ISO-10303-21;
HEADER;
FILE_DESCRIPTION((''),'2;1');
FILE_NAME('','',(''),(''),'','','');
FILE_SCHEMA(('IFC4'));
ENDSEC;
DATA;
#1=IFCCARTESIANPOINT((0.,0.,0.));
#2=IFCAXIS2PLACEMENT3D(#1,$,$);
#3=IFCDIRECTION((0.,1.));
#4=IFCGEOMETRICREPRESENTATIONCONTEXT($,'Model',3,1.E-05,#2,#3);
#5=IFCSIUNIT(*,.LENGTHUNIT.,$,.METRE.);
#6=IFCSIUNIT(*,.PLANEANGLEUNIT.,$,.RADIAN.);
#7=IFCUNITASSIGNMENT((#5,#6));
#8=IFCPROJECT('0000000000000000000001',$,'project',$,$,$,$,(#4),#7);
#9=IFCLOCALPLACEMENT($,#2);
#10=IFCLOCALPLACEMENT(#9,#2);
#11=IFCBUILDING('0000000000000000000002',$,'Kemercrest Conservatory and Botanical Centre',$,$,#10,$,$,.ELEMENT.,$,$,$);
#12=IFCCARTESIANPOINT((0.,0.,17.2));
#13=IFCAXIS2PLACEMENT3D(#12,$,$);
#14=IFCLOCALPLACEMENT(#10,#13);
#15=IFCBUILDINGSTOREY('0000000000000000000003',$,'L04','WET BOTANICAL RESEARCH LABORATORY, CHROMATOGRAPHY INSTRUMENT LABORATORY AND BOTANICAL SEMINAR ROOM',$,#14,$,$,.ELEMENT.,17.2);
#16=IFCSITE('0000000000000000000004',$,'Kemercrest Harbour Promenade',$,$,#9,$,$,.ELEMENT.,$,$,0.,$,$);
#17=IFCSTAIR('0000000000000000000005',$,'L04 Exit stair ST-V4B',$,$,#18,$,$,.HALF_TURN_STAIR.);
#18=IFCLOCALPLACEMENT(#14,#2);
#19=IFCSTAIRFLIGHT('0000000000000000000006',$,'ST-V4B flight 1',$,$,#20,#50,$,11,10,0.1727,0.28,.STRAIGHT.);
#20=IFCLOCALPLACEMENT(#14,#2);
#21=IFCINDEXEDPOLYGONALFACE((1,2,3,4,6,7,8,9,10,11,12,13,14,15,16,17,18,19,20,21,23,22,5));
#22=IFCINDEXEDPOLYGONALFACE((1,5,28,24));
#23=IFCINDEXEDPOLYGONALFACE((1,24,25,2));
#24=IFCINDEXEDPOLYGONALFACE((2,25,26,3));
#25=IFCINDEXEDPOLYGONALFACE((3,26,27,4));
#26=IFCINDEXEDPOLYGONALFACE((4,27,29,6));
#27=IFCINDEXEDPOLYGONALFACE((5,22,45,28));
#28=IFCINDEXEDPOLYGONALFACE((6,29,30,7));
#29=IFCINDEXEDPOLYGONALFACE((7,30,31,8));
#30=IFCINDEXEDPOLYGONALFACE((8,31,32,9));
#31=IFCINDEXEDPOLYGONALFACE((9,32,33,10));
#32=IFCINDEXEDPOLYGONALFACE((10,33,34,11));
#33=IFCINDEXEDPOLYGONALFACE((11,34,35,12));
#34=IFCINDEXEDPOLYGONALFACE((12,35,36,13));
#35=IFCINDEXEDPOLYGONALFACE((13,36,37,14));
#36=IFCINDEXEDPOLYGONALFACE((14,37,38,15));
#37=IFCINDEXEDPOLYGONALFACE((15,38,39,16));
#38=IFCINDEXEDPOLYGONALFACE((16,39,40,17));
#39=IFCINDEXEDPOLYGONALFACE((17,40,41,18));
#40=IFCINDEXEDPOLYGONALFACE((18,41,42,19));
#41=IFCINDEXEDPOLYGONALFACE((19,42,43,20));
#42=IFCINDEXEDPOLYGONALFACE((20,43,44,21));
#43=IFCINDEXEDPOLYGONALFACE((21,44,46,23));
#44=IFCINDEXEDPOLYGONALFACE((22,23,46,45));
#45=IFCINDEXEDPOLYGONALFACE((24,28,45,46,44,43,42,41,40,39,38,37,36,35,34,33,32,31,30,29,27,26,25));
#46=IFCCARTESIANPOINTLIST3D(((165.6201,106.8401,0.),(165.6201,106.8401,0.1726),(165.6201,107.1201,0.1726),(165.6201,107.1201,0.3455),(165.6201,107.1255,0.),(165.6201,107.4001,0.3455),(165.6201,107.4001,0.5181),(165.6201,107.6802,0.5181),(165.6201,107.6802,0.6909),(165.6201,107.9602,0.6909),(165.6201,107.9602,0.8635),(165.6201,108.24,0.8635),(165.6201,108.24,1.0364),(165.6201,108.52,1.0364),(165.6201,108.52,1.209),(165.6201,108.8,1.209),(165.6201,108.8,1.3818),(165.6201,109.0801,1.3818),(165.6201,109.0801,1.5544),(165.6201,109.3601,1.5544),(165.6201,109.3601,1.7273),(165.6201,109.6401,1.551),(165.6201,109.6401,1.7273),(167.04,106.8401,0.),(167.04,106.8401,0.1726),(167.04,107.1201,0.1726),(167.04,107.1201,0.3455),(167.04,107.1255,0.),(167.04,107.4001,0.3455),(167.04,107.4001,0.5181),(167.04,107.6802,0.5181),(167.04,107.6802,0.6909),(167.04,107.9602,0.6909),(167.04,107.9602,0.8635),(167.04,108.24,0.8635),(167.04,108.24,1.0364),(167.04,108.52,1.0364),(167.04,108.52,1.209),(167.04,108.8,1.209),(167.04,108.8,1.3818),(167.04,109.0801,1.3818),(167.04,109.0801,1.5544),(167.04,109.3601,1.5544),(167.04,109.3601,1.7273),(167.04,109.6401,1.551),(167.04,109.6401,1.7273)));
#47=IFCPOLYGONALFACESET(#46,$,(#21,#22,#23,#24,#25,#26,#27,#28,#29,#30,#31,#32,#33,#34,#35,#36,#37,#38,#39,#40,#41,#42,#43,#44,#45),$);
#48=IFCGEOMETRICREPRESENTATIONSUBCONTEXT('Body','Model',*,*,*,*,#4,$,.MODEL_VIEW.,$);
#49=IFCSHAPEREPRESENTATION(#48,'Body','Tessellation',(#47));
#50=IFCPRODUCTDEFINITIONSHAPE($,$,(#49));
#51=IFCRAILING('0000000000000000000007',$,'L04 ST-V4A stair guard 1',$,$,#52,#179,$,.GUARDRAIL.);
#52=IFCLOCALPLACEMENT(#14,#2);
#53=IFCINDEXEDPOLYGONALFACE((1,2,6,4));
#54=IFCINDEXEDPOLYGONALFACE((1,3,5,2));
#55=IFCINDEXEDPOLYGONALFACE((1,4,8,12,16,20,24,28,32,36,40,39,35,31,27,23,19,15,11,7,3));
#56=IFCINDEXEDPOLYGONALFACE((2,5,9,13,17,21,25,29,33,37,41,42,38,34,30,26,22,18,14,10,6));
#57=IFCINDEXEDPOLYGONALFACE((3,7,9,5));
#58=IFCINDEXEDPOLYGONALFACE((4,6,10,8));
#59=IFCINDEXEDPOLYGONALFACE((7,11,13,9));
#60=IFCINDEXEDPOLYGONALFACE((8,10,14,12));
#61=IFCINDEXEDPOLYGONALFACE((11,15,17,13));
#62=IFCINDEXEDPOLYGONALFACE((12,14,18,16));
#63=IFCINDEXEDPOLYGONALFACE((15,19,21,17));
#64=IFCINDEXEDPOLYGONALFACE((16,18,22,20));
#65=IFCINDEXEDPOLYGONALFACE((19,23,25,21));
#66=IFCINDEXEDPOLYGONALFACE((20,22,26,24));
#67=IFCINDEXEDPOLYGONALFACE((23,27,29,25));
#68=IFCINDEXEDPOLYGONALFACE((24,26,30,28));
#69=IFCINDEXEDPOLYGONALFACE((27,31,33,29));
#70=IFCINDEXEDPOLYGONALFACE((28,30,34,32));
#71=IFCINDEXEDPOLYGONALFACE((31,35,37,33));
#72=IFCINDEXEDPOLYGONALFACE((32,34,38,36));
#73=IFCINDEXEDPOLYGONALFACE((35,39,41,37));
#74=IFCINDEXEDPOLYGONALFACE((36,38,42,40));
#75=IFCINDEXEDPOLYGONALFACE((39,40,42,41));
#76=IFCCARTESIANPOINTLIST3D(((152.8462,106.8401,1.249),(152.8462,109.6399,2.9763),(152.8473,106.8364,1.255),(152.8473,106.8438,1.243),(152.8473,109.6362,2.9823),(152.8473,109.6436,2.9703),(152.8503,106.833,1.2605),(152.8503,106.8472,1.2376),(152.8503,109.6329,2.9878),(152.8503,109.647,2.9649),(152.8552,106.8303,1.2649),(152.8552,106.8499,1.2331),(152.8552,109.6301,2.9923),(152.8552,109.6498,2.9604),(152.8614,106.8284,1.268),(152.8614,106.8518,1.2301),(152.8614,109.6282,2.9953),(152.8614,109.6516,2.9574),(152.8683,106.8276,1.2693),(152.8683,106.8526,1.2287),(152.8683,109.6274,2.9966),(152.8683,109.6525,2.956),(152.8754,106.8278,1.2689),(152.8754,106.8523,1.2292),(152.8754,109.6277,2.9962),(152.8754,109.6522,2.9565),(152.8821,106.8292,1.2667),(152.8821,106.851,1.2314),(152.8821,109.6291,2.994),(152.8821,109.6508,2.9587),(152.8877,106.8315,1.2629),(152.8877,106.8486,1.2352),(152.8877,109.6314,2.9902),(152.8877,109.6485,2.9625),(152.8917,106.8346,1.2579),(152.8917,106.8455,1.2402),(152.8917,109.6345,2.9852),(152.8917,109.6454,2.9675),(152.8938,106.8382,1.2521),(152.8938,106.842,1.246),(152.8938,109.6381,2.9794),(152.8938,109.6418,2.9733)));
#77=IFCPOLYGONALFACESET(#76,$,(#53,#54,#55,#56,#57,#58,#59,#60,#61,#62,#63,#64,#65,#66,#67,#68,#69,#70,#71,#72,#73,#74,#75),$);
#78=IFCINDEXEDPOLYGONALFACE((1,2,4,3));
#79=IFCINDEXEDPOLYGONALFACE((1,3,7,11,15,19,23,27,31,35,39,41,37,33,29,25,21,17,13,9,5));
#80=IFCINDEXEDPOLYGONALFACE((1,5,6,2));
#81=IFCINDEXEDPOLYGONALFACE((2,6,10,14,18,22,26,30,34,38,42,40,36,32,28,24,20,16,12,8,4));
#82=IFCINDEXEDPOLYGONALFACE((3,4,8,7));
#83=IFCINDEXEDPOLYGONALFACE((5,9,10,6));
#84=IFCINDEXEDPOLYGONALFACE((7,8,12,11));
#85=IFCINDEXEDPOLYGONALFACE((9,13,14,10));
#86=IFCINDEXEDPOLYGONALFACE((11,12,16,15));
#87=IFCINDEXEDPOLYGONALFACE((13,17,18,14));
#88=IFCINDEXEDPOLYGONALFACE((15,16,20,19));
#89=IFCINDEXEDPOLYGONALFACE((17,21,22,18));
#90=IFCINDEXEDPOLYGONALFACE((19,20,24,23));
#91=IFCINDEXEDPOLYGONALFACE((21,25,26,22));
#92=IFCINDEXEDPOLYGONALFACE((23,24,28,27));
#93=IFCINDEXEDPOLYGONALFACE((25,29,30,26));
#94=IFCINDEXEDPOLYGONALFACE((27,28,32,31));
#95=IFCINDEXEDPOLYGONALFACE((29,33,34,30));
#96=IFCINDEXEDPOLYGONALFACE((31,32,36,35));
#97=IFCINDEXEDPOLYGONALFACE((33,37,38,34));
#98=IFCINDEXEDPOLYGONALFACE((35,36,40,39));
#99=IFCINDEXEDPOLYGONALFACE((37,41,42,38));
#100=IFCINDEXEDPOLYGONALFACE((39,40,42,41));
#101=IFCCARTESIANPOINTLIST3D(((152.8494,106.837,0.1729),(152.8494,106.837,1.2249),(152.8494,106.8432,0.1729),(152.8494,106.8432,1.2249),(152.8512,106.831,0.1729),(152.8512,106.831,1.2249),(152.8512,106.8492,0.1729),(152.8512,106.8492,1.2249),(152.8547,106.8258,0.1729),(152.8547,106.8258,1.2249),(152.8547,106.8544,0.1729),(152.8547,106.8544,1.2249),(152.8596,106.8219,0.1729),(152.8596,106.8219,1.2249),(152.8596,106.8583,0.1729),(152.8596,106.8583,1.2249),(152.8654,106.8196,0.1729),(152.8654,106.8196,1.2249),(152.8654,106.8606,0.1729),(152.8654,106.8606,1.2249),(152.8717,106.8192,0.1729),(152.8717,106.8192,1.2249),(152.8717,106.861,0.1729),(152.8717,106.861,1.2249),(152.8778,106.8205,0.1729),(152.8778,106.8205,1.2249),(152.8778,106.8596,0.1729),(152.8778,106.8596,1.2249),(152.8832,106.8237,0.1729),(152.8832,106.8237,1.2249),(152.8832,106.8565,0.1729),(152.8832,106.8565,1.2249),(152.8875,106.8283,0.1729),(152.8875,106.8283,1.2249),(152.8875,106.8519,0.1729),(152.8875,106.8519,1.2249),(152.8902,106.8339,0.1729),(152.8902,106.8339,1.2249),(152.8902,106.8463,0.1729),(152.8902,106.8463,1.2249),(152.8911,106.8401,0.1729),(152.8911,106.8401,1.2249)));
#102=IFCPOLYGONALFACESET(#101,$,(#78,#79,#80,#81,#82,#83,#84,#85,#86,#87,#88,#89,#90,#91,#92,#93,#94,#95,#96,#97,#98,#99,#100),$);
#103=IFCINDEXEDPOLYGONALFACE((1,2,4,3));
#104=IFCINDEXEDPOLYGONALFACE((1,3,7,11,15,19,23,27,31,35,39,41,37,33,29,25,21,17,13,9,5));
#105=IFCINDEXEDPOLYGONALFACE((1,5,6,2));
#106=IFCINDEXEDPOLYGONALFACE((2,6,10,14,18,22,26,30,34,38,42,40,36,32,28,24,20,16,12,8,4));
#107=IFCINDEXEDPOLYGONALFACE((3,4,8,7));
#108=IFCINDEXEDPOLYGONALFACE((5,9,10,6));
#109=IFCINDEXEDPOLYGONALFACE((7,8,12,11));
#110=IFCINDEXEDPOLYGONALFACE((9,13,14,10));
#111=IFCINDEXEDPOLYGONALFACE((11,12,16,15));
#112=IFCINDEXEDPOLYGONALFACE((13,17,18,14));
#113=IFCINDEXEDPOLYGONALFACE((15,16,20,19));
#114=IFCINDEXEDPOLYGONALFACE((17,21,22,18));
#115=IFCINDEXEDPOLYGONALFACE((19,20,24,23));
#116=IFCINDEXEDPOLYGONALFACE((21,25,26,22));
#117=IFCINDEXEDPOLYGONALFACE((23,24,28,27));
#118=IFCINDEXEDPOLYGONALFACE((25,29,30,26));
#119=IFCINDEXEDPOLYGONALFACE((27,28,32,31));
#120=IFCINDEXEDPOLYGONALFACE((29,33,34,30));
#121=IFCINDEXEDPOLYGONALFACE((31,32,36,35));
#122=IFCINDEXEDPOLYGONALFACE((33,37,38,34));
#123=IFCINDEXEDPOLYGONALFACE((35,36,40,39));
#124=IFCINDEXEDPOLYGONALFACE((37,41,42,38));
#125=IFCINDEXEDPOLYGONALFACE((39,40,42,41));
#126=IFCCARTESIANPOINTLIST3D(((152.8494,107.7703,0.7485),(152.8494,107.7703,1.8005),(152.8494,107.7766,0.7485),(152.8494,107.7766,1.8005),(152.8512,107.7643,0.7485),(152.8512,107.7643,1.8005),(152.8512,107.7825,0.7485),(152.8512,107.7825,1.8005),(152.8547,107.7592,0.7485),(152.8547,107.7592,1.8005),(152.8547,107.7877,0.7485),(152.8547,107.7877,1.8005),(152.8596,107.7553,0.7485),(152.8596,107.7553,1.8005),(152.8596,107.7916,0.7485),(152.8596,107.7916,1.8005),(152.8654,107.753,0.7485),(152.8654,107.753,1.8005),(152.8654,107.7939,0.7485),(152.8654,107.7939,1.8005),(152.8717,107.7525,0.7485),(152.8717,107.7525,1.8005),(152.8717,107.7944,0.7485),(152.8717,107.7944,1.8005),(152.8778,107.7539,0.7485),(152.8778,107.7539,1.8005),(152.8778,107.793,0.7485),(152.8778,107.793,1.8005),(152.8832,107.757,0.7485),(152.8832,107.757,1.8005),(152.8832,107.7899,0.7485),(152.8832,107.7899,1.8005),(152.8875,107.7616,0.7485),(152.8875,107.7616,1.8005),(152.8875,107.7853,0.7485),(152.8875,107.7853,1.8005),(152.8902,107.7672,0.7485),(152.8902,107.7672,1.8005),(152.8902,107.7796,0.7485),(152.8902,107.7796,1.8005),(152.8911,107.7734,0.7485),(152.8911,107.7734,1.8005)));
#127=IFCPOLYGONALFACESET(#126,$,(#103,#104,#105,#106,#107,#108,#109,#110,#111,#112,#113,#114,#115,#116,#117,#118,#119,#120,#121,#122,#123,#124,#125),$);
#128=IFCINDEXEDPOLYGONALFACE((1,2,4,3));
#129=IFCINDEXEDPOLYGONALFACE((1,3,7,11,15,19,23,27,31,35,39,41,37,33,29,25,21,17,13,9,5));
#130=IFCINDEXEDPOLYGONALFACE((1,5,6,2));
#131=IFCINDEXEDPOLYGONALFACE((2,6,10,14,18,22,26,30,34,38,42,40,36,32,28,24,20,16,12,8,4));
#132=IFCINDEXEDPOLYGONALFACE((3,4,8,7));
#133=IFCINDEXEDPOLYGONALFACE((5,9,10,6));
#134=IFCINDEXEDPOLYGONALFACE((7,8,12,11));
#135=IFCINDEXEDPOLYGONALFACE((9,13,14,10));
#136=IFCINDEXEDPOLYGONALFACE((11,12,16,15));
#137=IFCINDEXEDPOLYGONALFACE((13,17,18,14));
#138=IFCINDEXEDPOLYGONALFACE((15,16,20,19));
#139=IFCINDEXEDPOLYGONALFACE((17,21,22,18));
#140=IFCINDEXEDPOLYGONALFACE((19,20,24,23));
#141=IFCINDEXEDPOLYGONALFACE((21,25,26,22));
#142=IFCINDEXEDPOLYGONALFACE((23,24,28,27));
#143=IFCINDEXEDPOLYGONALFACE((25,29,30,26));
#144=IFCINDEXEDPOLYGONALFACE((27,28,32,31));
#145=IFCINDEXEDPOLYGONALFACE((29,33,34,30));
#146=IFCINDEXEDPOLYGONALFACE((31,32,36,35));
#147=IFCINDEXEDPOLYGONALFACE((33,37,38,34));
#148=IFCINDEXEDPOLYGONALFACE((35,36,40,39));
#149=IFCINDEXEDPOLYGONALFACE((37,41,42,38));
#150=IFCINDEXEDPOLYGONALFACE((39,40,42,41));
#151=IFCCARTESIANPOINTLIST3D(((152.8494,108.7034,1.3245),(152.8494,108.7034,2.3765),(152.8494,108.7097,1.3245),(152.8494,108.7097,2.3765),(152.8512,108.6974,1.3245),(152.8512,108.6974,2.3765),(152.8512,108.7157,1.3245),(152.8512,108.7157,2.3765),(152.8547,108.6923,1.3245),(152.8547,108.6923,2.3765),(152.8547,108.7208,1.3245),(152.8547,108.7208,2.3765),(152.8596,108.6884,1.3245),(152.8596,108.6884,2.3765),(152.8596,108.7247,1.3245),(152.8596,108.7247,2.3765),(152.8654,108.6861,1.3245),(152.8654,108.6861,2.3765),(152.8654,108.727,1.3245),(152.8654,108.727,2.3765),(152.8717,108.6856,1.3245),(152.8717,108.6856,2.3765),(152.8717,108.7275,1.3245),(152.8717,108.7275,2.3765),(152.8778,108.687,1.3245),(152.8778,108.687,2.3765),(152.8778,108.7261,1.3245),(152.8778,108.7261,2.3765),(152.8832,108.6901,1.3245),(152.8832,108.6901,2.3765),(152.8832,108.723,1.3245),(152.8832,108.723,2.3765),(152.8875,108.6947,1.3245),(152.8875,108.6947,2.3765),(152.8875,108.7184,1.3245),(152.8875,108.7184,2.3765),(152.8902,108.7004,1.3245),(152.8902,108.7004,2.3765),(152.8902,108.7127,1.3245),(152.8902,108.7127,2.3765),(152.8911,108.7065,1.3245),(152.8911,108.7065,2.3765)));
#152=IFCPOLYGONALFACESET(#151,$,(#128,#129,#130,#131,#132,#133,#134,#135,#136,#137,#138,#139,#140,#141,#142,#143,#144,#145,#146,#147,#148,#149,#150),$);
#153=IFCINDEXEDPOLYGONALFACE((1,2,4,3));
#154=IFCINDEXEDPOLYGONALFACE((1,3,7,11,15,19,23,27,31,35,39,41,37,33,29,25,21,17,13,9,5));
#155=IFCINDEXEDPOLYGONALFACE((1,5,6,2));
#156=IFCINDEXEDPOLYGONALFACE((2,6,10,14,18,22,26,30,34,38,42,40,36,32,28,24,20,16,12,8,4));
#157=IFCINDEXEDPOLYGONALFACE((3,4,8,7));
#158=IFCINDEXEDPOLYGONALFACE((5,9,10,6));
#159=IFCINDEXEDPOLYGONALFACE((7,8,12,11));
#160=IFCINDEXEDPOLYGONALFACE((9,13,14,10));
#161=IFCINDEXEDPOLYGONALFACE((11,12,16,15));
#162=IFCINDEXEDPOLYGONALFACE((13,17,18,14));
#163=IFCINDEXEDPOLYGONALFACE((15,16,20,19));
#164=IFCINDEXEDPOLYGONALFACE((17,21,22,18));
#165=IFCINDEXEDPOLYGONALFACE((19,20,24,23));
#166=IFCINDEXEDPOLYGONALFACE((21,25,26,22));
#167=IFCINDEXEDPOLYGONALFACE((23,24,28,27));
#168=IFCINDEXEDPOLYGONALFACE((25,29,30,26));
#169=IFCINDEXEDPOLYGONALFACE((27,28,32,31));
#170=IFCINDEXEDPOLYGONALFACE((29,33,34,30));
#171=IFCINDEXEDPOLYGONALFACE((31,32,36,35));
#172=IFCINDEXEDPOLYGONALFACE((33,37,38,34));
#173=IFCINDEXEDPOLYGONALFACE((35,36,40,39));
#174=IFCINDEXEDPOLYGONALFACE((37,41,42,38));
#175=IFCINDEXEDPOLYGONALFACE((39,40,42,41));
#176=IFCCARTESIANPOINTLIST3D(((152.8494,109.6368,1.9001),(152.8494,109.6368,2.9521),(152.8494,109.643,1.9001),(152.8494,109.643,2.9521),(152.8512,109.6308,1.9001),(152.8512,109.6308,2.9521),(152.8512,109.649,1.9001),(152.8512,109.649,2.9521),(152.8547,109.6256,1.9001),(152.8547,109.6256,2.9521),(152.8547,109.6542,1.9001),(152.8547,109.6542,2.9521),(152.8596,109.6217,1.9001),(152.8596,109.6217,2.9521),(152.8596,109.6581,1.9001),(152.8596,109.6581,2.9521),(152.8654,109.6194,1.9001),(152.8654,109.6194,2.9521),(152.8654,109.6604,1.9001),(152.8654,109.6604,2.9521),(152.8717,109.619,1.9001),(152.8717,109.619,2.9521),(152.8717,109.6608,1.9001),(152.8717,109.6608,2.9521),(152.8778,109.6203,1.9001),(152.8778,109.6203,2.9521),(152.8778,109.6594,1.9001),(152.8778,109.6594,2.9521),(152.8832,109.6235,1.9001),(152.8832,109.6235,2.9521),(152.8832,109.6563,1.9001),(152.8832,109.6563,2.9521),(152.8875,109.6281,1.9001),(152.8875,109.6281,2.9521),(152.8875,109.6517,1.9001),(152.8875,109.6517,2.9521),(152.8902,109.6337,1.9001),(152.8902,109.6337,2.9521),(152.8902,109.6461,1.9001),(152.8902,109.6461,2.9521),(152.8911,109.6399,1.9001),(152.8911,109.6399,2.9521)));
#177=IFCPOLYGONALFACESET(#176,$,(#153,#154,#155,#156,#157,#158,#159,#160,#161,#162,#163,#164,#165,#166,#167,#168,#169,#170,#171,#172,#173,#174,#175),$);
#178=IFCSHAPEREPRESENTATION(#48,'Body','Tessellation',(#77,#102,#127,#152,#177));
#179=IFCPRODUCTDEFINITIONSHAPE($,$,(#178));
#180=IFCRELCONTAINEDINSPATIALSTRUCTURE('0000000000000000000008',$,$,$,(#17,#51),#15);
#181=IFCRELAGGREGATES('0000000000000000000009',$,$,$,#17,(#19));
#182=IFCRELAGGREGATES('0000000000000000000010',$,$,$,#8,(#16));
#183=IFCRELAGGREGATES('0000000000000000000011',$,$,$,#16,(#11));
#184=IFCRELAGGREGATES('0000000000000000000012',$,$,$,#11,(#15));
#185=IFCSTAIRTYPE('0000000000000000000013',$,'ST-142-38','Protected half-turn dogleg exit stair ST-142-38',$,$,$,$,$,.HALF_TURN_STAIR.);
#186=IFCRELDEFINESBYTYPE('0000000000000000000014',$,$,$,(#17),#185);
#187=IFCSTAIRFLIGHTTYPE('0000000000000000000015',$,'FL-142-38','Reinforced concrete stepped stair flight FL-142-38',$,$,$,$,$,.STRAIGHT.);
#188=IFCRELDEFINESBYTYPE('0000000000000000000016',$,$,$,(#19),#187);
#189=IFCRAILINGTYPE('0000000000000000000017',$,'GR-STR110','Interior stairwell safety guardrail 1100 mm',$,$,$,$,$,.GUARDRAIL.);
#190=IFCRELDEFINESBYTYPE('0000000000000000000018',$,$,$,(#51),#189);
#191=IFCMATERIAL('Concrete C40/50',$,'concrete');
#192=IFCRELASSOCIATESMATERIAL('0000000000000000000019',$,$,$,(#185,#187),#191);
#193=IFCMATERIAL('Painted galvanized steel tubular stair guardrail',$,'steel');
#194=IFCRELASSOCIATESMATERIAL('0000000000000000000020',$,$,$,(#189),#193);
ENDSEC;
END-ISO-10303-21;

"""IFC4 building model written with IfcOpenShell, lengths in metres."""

from ifc_helpers import new_model, si_unit, direction, frame, origin, origin_2d, place, context, subcontext, project, spatial, polyline, circle, outline, extrude, material, type_object, element, aggregate, save


model = new_model("IFC4")

# Units and contexts
model_context = context("Model", 3, precision=1e-05, world=origin(), true_north=direction((0.0, 1.0)))
body_context = subcontext(model_context, "Body", "Model", "MODEL_VIEW")
ifc_project = project(units=[si_unit("LENGTHUNIT", "METRE"), si_unit("PLANEANGLEUNIT", "RADIAN")], contexts=[model_context])

# Site, building, storey
site_placement = place(None, origin())
site = spatial("IfcSite", under=ifc_project, at=site_placement, Name="Kemercrest Harbour Promenade", CompositionType="ELEMENT", RefElevation=0.0)
building_placement = place(site_placement, origin())
building = spatial("IfcBuilding", under=site, at=building_placement, Name="Kemercrest Conservatory and Botanical Centre", CompositionType="ELEMENT")
storey_placement = place(building_placement, frame((0.0, 0.0, 17.2)))
storey = spatial("IfcBuildingStorey", under=building, at=storey_placement, Name="L04", Description="WET BOTANICAL RESEARCH LABORATORY, CHROMATOGRAPHY INSTRUMENT LABORATORY AND BOTANICAL SEMINAR ROOM", CompositionType="ELEMENT", Elevation=17.2)

# Shared definitions
ifc_material_1 = material(Name="Concrete C40/50", Category="concrete")

# Shared definitions
stair_type = type_object("IfcStairType", Name="ST-142-38", Description="Protected half-turn dogleg exit stair ST-142-38", PredefinedType="HALF_TURN_STAIR", material=ifc_material_1)
stair_flight_type = type_object("IfcStairFlightType", Name="FL-142-38", Description="Reinforced concrete stepped stair flight FL-142-38", PredefinedType="STRAIGHT", material=ifc_material_1)

# Stair, stair flight
stair_1_placement = place(storey_placement, origin())
stair_1 = element("IfcStair", 1, at=stair_1_placement, inside=storey, type_object=stair_type, Name="L04 Exit stair ST-V4B", PredefinedType="HALF_TURN_STAIR")
stair_flight_1_placement = place(storey_placement, frame((166.3301, 106.8401, 0.0), z_axis=(0.0, 0.0, 1.0), x_axis=(0.0, 1.0, 0.0)))
stair_flight_1 = element("IfcStairFlight", 2, at=stair_flight_1_placement, type_object=stair_flight_type, Name="ST-V4B flight 1", NumberOfRisers=11, NumberOfTreads=10, PredefinedType="STRAIGHT", RiserHeight=0.1727, TreadLength=0.28, context=body_context, shape_type="SweptSolid", body=[
    extrude(outline(polyline([(0.0, 0.0), (0.0, 0.1726), (0.28, 0.1726), (0.28, 0.3455), (0.5601, 0.3455), (0.5601, 0.5181), (0.8401, 0.5181), (0.8401, 0.6909), (1.1201, 0.6909), (1.1201, 0.8635), (1.3999, 0.8635), (1.3999, 1.0364), (1.6799, 1.0364), (1.6799, 1.209), (1.96, 1.209), (1.96, 1.3818), (2.24, 1.3818), (2.24, 1.5544), (2.52, 1.5544), (2.52, 1.7273), (2.8, 1.7273), (2.8, 1.8999), (2.8, 1.551), (0.2854, 0.0), (0.0, 0.0)])), frame((0.0, 0.71, 0.0), z_axis=(0.0, -1.0, 0.0), x_axis=(1.0, 0.0, 0.0)), (0.0, 0.0, 1.0), 1.4199),
])
aggregate(stair_1, [stair_flight_1])

# Railing
ifc_material_2 = material(Name="Painted galvanized steel tubular stair guardrail", Category="steel")
railing_type_1 = type_object("IfcRailingType", Name="GR-STR110", Description="Interior stairwell safety guardrail 1100 mm", PredefinedType="GUARDRAIL", material=ifc_material_2)
railing_1_placement = place(storey_placement, frame((152.8701, 106.8401, 0.1729)))
element("IfcRailing", 3, at=railing_1_placement, inside=storey, type_object=railing_type_1, Name="L04 ST-V4A stair guard 1", PredefinedType="GUARDRAIL", context=body_context, shape_type="SweptSolid", body=[
    extrude(circle(Radius=0.0239, at=origin_2d()), frame((0.0, 0.0, 1.0762), z_axis=(0.0, 0.851069, 0.525054), x_axis=(-1.0, 0.0, 0.0)), (0.0, 0.0, 1.0), 3.2898),
    extrude(circle(Radius=0.021, at=origin_2d()), origin(), (0.0, 0.0, 1.0), 1.052),
    extrude(circle(Radius=0.021, at=origin_2d()), frame((0.0, 0.9333, 0.5757)), (0.0, 0.0, 1.0), 1.052),
    extrude(circle(Radius=0.021, at=origin_2d()), frame((0.0, 1.8665, 1.1516)), (0.0, 0.0, 1.0), 1.052),
    extrude(circle(Radius=0.021, at=origin_2d()), frame((0.0, 2.7998, 1.7273)), (0.0, 0.0, 1.0), 1.052),
])

save(model, "model.ifc")
